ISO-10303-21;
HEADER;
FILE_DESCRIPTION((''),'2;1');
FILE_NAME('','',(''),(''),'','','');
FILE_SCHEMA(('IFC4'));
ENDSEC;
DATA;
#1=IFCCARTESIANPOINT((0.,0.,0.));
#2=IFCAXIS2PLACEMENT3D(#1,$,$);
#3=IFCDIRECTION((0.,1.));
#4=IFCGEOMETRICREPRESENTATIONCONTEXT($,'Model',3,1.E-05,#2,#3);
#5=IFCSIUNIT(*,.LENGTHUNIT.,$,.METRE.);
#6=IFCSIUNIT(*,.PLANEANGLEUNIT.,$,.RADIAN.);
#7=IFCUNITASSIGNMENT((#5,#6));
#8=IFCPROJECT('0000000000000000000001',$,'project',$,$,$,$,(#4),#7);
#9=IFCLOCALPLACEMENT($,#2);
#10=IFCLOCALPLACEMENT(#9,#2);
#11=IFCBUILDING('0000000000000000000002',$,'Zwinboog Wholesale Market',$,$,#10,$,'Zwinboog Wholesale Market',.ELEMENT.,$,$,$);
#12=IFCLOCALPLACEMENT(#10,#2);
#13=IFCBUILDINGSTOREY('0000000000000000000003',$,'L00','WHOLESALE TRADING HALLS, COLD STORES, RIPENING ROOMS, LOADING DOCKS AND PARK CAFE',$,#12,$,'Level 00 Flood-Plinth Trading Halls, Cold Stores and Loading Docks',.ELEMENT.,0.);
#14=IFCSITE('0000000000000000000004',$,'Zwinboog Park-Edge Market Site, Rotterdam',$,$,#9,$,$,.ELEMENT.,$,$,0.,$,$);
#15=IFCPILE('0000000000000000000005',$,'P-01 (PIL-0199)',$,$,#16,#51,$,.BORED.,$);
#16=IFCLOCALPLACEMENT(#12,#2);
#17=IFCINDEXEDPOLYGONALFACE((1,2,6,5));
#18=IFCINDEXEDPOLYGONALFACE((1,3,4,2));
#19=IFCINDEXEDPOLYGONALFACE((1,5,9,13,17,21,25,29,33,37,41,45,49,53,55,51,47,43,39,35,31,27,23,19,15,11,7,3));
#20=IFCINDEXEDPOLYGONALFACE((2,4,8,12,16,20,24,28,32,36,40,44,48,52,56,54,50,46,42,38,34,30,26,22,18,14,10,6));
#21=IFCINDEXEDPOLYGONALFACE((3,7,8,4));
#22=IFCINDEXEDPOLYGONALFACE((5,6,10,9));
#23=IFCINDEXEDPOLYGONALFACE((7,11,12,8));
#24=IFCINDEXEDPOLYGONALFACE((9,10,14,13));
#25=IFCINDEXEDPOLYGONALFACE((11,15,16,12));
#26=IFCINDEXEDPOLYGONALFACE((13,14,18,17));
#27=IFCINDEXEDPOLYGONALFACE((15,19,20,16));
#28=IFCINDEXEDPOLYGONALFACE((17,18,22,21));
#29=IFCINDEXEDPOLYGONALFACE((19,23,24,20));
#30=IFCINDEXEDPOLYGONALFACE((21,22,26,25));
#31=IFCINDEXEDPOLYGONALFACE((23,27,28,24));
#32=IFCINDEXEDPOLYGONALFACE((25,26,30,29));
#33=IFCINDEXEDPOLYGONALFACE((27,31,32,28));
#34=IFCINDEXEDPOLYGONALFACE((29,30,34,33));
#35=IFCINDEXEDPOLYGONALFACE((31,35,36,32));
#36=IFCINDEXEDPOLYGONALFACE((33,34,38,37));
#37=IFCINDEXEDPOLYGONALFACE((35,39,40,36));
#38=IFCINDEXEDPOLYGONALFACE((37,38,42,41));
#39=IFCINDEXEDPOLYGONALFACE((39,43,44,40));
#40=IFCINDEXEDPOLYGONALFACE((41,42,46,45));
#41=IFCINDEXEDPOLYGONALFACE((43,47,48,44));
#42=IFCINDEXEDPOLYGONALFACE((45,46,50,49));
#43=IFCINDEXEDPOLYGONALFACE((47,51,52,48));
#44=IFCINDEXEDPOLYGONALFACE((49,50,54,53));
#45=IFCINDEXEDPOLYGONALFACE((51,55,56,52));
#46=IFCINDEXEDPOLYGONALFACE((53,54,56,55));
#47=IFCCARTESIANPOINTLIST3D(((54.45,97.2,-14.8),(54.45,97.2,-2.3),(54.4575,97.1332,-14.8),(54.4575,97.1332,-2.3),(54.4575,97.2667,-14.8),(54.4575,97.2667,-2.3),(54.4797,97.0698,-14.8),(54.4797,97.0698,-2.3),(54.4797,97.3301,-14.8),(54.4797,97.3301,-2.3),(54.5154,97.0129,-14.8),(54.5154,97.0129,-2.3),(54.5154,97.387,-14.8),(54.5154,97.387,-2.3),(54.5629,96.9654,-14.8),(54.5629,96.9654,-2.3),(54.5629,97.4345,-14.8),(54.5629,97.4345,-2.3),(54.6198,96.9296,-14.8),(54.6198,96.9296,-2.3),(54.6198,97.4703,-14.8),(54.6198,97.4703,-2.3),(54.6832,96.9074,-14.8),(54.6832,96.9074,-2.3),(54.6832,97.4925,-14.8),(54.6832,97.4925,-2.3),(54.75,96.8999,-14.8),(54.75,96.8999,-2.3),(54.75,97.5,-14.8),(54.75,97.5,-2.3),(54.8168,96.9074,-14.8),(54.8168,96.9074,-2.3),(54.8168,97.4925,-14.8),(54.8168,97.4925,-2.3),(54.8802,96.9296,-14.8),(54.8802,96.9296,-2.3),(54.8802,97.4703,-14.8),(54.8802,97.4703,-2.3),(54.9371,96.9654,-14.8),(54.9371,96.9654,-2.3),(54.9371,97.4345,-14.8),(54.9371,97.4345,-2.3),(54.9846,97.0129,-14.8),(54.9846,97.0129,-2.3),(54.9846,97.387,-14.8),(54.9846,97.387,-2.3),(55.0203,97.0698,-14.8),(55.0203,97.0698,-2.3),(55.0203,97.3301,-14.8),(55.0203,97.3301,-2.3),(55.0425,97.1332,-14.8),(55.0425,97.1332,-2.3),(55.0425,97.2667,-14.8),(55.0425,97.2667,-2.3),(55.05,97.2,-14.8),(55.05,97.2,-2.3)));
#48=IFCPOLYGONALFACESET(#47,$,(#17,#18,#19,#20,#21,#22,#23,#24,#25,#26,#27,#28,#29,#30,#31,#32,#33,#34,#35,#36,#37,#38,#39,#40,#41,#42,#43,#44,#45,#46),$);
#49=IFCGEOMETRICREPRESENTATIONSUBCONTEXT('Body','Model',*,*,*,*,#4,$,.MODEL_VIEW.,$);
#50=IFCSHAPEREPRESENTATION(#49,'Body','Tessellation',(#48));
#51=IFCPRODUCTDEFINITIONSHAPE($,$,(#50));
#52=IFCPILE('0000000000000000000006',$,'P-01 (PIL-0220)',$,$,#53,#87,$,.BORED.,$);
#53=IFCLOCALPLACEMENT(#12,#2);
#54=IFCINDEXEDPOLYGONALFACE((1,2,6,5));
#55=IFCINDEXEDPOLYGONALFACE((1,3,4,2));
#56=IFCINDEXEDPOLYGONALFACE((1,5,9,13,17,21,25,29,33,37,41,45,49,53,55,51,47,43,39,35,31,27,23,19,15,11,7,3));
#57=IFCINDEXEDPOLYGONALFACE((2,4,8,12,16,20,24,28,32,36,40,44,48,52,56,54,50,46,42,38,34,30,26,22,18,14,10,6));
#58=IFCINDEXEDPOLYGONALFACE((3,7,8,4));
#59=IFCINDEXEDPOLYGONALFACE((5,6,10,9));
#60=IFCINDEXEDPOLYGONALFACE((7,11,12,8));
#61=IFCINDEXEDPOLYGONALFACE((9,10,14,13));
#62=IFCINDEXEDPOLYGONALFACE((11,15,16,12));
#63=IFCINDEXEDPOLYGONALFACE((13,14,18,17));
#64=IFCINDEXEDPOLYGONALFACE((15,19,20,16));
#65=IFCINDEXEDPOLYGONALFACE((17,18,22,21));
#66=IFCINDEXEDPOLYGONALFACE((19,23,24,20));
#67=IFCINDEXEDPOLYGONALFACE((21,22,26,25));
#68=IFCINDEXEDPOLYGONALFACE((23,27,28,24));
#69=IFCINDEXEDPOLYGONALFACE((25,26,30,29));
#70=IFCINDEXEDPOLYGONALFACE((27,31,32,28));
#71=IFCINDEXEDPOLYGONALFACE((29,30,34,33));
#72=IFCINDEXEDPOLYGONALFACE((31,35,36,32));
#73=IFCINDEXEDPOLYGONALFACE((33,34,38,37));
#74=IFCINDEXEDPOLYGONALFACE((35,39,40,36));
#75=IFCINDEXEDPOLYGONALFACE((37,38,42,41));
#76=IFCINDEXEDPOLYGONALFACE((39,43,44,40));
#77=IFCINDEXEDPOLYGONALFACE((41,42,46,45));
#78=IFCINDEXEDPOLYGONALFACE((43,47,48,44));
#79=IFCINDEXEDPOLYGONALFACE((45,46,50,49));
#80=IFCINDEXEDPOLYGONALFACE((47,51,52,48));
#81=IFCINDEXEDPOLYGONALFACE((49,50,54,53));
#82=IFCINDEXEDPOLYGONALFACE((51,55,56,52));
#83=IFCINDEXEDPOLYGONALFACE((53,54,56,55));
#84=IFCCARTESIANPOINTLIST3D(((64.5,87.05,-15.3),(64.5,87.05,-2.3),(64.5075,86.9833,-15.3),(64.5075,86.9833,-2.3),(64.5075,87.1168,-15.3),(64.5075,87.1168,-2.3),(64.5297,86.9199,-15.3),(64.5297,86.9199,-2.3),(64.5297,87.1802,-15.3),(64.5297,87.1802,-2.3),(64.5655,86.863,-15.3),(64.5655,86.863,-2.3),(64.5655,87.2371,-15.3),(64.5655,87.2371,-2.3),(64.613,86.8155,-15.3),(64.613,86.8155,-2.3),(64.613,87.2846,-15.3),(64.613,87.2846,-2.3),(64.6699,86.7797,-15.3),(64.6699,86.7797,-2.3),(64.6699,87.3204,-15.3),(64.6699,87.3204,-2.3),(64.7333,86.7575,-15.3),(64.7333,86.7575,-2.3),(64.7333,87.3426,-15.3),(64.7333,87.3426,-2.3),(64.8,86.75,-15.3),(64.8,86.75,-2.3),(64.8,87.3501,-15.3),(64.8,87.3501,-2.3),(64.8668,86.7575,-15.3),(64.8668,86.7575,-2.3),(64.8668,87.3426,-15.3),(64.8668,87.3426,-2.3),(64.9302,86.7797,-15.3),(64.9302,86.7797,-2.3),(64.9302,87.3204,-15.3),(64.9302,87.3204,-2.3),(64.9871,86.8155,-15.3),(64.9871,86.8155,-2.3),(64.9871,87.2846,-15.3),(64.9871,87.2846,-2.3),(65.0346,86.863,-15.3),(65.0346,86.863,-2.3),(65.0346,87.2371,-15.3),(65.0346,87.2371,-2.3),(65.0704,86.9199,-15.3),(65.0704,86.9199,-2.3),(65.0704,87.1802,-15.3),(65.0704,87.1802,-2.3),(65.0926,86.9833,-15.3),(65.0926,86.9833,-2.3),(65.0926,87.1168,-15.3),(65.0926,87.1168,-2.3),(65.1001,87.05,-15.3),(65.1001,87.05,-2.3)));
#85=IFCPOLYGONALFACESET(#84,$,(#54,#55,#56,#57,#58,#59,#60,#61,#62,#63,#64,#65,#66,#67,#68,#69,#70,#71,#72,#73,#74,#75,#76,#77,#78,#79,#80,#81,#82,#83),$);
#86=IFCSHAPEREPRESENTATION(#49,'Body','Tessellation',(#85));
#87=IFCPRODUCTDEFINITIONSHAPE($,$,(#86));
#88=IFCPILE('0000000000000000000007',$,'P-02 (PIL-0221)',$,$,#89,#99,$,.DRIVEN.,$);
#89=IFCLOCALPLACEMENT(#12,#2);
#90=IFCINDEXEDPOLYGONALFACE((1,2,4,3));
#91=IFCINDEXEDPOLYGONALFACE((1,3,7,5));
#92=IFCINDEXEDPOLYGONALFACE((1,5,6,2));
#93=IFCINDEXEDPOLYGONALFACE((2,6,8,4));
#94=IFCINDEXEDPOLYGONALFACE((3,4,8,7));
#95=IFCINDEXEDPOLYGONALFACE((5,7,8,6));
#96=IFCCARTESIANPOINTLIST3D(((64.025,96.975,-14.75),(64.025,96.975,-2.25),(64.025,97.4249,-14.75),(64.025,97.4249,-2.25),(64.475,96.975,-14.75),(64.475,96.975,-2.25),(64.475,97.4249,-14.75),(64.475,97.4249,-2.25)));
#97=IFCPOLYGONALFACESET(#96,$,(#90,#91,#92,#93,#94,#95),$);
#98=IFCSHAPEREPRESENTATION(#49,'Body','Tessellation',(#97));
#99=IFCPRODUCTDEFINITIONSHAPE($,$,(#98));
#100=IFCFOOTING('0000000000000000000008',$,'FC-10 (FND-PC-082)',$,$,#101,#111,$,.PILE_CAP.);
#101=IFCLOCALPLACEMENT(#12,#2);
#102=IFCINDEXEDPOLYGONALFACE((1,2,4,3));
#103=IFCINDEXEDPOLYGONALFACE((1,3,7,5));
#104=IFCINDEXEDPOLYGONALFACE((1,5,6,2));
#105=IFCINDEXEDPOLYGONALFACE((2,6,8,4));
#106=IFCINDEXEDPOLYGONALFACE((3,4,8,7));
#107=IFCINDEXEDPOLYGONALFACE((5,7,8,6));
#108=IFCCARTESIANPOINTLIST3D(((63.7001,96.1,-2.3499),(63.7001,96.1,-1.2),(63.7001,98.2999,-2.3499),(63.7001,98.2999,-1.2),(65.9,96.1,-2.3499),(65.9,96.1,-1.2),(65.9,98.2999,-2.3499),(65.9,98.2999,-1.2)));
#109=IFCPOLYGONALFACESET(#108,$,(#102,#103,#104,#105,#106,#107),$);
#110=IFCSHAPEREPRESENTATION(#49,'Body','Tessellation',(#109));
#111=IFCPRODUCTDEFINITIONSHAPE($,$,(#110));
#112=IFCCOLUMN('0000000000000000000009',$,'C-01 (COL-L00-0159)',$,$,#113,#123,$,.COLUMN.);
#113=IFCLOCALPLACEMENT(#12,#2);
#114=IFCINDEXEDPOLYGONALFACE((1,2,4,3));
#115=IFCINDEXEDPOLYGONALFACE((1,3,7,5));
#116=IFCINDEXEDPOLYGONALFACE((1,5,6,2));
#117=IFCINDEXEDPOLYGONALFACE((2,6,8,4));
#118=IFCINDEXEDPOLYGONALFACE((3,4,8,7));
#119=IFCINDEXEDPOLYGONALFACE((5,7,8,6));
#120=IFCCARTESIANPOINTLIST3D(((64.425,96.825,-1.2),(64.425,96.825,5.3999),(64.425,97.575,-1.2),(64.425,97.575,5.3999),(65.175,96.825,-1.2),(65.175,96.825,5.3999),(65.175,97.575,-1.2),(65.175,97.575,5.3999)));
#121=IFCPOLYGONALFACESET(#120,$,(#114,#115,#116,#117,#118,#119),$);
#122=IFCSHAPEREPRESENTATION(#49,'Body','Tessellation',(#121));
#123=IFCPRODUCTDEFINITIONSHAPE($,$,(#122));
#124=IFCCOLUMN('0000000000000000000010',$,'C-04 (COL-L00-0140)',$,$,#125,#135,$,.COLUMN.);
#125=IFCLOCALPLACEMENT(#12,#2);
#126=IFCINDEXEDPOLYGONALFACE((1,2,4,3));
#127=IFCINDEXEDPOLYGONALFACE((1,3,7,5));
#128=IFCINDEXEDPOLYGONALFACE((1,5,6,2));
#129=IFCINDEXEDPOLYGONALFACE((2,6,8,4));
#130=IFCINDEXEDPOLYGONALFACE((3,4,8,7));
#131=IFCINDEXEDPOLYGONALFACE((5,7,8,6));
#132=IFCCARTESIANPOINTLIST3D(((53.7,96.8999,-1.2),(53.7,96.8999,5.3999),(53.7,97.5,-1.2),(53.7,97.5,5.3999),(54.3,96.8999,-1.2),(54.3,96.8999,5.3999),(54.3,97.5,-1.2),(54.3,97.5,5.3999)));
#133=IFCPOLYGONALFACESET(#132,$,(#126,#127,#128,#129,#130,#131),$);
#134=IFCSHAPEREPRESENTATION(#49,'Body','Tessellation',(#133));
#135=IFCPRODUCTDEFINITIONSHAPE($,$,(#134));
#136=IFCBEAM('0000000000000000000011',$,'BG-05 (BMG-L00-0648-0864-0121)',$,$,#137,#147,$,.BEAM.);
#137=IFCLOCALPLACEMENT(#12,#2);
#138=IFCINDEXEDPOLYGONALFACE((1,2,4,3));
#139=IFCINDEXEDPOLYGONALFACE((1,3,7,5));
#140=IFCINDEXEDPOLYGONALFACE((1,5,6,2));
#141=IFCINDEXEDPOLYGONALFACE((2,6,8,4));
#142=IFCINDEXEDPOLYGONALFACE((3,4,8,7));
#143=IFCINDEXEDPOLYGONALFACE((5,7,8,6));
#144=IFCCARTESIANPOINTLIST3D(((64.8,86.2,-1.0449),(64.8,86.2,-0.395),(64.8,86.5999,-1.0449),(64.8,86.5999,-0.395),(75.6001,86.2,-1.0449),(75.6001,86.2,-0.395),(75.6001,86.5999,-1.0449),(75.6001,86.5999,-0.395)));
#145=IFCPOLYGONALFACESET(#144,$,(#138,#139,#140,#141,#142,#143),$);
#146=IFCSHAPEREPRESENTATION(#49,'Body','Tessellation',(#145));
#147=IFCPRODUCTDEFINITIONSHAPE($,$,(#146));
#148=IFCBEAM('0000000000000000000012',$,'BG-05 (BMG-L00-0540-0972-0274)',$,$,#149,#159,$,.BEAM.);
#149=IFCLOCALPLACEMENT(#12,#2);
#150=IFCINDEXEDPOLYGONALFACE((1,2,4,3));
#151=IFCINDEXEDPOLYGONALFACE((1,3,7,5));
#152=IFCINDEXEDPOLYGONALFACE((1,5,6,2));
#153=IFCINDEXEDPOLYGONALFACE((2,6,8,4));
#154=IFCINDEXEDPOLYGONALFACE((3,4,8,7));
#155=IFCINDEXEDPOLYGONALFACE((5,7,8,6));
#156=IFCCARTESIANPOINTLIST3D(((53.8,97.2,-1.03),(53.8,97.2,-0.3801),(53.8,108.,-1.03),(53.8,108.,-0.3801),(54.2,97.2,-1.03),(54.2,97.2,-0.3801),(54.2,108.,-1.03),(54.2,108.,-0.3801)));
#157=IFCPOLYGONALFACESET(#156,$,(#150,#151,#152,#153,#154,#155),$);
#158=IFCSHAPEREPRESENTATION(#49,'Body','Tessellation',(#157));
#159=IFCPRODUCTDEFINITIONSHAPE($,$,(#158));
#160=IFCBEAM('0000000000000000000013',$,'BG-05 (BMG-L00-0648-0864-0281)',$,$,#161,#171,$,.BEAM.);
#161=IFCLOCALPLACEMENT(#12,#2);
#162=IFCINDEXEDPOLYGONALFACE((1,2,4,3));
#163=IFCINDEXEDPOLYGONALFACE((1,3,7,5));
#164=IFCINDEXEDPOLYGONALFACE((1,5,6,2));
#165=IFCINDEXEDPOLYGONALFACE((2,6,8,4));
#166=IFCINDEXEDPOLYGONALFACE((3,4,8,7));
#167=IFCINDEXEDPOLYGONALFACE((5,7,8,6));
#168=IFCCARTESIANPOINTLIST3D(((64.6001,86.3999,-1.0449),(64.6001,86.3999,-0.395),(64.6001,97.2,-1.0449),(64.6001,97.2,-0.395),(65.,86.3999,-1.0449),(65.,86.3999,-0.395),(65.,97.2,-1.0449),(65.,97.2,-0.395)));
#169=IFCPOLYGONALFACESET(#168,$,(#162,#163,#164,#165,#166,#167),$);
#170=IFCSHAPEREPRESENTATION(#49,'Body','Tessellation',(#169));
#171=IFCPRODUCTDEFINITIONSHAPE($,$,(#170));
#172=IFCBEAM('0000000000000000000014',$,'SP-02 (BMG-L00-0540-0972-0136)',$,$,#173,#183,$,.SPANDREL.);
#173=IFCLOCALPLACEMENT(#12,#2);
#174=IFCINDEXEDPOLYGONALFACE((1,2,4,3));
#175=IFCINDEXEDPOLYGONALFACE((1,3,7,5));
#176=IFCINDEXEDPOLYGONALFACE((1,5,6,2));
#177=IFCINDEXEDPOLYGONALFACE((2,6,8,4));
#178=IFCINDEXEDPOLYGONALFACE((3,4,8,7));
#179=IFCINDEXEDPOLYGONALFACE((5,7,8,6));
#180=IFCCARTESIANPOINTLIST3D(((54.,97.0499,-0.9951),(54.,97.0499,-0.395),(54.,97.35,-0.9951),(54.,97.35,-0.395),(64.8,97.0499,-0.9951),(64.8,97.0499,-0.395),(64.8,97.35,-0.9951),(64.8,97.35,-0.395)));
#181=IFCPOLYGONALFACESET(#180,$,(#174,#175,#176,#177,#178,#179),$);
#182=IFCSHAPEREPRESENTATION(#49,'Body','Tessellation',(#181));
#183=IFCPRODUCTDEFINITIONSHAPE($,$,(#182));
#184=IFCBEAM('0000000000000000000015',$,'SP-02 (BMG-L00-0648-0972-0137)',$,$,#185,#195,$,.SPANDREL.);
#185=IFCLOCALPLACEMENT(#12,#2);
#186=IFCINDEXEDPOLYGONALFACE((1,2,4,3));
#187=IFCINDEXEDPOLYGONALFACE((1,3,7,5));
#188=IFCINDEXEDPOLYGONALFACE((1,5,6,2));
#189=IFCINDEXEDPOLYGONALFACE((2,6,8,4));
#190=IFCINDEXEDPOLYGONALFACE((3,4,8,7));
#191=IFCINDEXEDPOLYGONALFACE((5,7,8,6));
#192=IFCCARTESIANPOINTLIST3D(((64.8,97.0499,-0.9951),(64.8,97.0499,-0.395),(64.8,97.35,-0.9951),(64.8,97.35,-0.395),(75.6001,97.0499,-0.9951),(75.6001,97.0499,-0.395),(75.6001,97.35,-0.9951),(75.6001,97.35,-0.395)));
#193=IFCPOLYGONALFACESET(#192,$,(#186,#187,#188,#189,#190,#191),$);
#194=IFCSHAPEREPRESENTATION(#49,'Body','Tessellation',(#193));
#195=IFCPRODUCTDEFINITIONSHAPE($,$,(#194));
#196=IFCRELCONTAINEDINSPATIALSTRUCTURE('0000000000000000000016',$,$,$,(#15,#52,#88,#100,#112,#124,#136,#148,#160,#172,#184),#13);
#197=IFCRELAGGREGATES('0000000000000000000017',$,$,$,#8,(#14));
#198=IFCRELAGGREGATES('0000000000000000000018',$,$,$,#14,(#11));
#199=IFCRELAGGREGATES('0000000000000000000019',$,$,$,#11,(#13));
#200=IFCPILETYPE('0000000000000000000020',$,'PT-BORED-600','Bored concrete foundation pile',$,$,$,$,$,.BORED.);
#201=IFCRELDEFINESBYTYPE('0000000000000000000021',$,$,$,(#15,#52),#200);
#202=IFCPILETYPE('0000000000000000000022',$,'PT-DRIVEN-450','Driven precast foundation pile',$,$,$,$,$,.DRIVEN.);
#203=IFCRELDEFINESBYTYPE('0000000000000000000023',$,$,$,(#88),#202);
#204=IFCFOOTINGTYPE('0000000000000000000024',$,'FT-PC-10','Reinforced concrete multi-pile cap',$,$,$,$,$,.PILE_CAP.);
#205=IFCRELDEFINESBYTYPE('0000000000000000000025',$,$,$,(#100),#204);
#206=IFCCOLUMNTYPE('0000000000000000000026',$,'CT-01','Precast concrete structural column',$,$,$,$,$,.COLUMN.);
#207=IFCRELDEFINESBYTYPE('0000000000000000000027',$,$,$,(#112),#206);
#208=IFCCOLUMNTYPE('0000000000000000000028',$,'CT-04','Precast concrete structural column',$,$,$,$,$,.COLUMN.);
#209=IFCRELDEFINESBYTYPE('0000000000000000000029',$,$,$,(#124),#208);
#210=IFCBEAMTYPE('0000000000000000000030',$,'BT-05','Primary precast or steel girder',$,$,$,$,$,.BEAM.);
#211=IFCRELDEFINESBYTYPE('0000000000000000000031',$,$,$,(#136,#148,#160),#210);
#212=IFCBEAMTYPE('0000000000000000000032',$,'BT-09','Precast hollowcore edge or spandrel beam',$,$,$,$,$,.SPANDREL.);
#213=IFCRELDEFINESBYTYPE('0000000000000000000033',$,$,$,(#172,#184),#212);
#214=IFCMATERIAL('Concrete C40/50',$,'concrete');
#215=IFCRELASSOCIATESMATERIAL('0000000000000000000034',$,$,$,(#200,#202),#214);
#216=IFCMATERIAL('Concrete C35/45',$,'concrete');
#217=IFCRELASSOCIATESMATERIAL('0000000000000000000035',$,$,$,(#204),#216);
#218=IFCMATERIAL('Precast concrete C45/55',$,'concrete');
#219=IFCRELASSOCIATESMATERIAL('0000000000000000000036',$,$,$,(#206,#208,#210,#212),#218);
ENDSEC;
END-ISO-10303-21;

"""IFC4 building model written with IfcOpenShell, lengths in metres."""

from ifc_helpers import new_model, si_unit, direction, frame, origin, origin_2d, place, context, subcontext, project, spatial, rectangle, circle, extrude, material, material_profile, profile_set, type_object, element, save


model = new_model("IFC4")

# Units and contexts
model_context = context("Model", 3, precision=1e-05, world=origin(), true_north=direction((0.0, 1.0)))
body_context = subcontext(model_context, "Body", "Model", "MODEL_VIEW")
ifc_project = project(units=[si_unit("LENGTHUNIT", "METRE"), si_unit("PLANEANGLEUNIT", "RADIAN")], contexts=[model_context])

# Site, building, storey
site_placement = place(None, origin())
site = spatial("IfcSite", under=ifc_project, at=site_placement, Name="Zwinboog Park-Edge Market Site, Rotterdam", CompositionType="ELEMENT", RefElevation=0.0)
building_placement = place(site_placement, origin())
building = spatial("IfcBuilding", under=site, at=building_placement, Name="Zwinboog Wholesale Market", LongName="Zwinboog Wholesale Market", CompositionType="ELEMENT")
storey_placement = place(building_placement, origin())
storey = spatial("IfcBuildingStorey", under=building, at=storey_placement, Name="L00", Description="WHOLESALE TRADING HALLS, COLD STORES, RIPENING ROOMS, LOADING DOCKS AND PARK CAFE", LongName="Level 00 Flood-Plinth Trading Halls, Cold Stores and Loading Docks", CompositionType="ELEMENT", Elevation=0.0)

# Piles
ifc_material_1 = material(Name="Concrete C40/50", Category="concrete")
ifc_material_profile_1 = material_profile(ifc_material_1, circle(Radius=0.3, at=origin_2d()), Name="PILE D600")
ifc_profile_set_1 = profile_set([ifc_material_profile_1], Name="Concrete C40/50")
pile_type_1 = type_object("IfcPileType", Name="PT-BORED-600", Description="Bored concrete foundation pile", PredefinedType="BORED", material=ifc_profile_set_1)
pile_1_placement = place(storey_placement, frame((54.75, 97.2, -2.3), z_axis=(0.0, 0.0, -1.0), x_axis=(1.0, 0.0, 0.0)))
element("IfcPile", 1, at=pile_1_placement, inside=storey, type_object=pile_type_1, Name="P-01 (PIL-0199)", PredefinedType="BORED", context=body_context, shape_type="SweptSolid", body=[
    extrude(circle(Radius=0.3, at=origin_2d()), origin(), (0.0, 0.0, 1.0), 12.5),
])
pile_2_placement = place(storey_placement, frame((64.8, 87.05, -2.3), z_axis=(0.0, 0.0, -1.0), x_axis=(1.0, 0.0, 0.0)))
element("IfcPile", 2, at=pile_2_placement, inside=storey, type_object=pile_type_1, Name="P-01 (PIL-0220)", PredefinedType="BORED", context=body_context, shape_type="SweptSolid", body=[
    extrude(circle(Radius=0.3, at=origin_2d()), origin(), (0.0, 0.0, 1.0), 13.0),
])
ifc_material_profile_2 = material_profile(ifc_material_1, rectangle(XDim=0.45, YDim=0.45, at=origin_2d()), Name="PILE SQ450")
ifc_profile_set_2 = profile_set([ifc_material_profile_2], Name="Concrete C40/50")
pile_type_2 = type_object("IfcPileType", Name="PT-DRIVEN-450", Description="Driven precast foundation pile", PredefinedType="DRIVEN", material=ifc_profile_set_2)
pile_3_placement = place(storey_placement, frame((64.25, 97.2, -2.25), z_axis=(0.0, 0.0, -1.0), x_axis=(1.0, 0.0, 0.0)))
element("IfcPile", 3, at=pile_3_placement, inside=storey, type_object=pile_type_2, Name="P-02 (PIL-0221)", PredefinedType="DRIVEN", context=body_context, shape_type="SweptSolid", body=[
    extrude(rectangle(XDim=0.45, YDim=0.45, at=origin_2d()), origin(), (0.0, 0.0, 1.0), 12.5),
])

# Footing
ifc_material_2 = material(Name="Concrete C35/45", Category="concrete")
footing_type = type_object("IfcFootingType", Name="FT-PC-10", Description="Reinforced concrete multi-pile cap", PredefinedType="PILE_CAP", material=ifc_material_2)
footing_placement = place(storey_placement, frame((64.8, 97.2, -2.3499), z_axis=(0.0, 0.0, 1.0), x_axis=(1.0, 0.0, 0.0)))
element("IfcFooting", 4, at=footing_placement, inside=storey, type_object=footing_type, Name="FC-10 (FND-PC-082)", PredefinedType="PILE_CAP", context=body_context, shape_type="SweptSolid", body=[
    extrude(rectangle(XDim=2.2, YDim=2.2, at=origin_2d()), origin(), (0.0, 0.0, 1.0), 1.1499),
])

# Columns
ifc_material_3 = material(Name="Precast concrete C45/55", Category="concrete")
ifc_material_profile_3 = material_profile(ifc_material_3, rectangle(XDim=0.75, YDim=0.75, at=origin_2d()), Name="PC 750x750")
ifc_profile_set_3 = profile_set([ifc_material_profile_3], Name="Precast concrete C45/55")
column_type_1 = type_object("IfcColumnType", Name="CT-01", Description="Precast concrete structural column", PredefinedType="COLUMN", material=ifc_profile_set_3)
column_1_placement = place(storey_placement, frame((64.8, 97.2, -1.2), z_axis=(0.0, 0.0, 1.0), x_axis=(1.0, 0.0, 0.0)))
element("IfcColumn", 5, at=column_1_placement, inside=storey, type_object=column_type_1, Name="C-01 (COL-L00-0159)", PredefinedType="COLUMN", context=body_context, shape_type="SweptSolid", body=[
    extrude(rectangle(XDim=0.75, YDim=0.75, at=origin_2d()), origin(), (0.0, 0.0, 1.0), 6.5999),
])
ifc_material_profile_4 = material_profile(ifc_material_3, rectangle(XDim=0.6001, YDim=0.6001, at=origin_2d()), Name="PC 600x600")
ifc_profile_set_4 = profile_set([ifc_material_profile_4], Name="Precast concrete C45/55")
column_type_2 = type_object("IfcColumnType", Name="CT-04", Description="Precast concrete structural column", PredefinedType="COLUMN", material=ifc_profile_set_4)
column_2_placement = place(storey_placement, frame((54.0, 97.2, -1.2), z_axis=(0.0, 0.0, 1.0), x_axis=(1.0, 0.0, 0.0)))
element("IfcColumn", 6, at=column_2_placement, inside=storey, type_object=column_type_2, Name="C-04 (COL-L00-0140)", PredefinedType="COLUMN", context=body_context, shape_type="SweptSolid", body=[
    extrude(rectangle(XDim=0.6001, YDim=0.6001, at=origin_2d()), origin(), (0.0, 0.0, 1.0), 6.5999),
])

# Beams
ifc_material_profile_5 = material_profile(ifc_material_3, rectangle(XDim=0.3999, YDim=0.6499, at=origin_2d()), Name="PC 400x650")
ifc_profile_set_5 = profile_set([ifc_material_profile_5], Name="Precast concrete C45/55")
beam_type_1 = type_object("IfcBeamType", Name="BT-05", Description="Primary precast or steel girder", PredefinedType="BEAM", material=ifc_profile_set_5)
for number, where, z_axis, x_axis, name in (
    (7, (64.8, 86.3999, -0.72), (1.0, 0.0, 0.0), (0.0, 1.0, 0.0), "BG-05 (BMG-L00-0648-0864-0121)"),
    (8, (54.0, 97.2, -0.7051), (0.0, 1.0, 0.0), (-1.0, 0.0, 0.0), "BG-05 (BMG-L00-0540-0972-0274)"),
    (9, (64.8, 86.3999, -0.72), (0.0, 1.0, 0.0), (-1.0, 0.0, 0.0), "BG-05 (BMG-L00-0648-0864-0281)"),
):
    element("IfcBeam", number, at=place(storey_placement, frame(where, z_axis=z_axis, x_axis=x_axis)), inside=storey, type_object=beam_type_1, Name=name, PredefinedType="BEAM", context=body_context, shape_type="SweptSolid", body=[
        extrude(rectangle(XDim=0.3999, YDim=0.6499, at=origin_2d()), origin(), (0.0, 0.0, 1.0), 10.8),
    ])
ifc_material_profile_6 = material_profile(ifc_material_3, rectangle(XDim=0.3, YDim=0.6001, at=origin_2d()), Name="PC 300x600")
ifc_profile_set_6 = profile_set([ifc_material_profile_6], Name="Precast concrete C45/55")
beam_type_2 = type_object("IfcBeamType", Name="BT-09", Description="Precast hollowcore edge or spandrel beam", PredefinedType="SPANDREL", material=ifc_profile_set_6)
for number, where, z_axis, x_axis, name in (
    (10, (54.0, 97.2, -0.6951), (1.0, 0.0, 0.0), (0.0, 1.0, 0.0), "SP-02 (BMG-L00-0540-0972-0136)"),
    (11, (64.8, 97.2, -0.6951), (1.0, 0.0, 0.0), (0.0, 1.0, 0.0), "SP-02 (BMG-L00-0648-0972-0137)"),
):
    element("IfcBeam", number, at=place(storey_placement, frame(where, z_axis=z_axis, x_axis=x_axis)), inside=storey, type_object=beam_type_2, Name=name, PredefinedType="SPANDREL", context=body_context, shape_type="SweptSolid", body=[
        extrude(rectangle(XDim=0.3, YDim=0.6001, at=origin_2d()), origin(), (0.0, 0.0, 1.0), 10.8),
    ])

save(model, "model.ifc")
